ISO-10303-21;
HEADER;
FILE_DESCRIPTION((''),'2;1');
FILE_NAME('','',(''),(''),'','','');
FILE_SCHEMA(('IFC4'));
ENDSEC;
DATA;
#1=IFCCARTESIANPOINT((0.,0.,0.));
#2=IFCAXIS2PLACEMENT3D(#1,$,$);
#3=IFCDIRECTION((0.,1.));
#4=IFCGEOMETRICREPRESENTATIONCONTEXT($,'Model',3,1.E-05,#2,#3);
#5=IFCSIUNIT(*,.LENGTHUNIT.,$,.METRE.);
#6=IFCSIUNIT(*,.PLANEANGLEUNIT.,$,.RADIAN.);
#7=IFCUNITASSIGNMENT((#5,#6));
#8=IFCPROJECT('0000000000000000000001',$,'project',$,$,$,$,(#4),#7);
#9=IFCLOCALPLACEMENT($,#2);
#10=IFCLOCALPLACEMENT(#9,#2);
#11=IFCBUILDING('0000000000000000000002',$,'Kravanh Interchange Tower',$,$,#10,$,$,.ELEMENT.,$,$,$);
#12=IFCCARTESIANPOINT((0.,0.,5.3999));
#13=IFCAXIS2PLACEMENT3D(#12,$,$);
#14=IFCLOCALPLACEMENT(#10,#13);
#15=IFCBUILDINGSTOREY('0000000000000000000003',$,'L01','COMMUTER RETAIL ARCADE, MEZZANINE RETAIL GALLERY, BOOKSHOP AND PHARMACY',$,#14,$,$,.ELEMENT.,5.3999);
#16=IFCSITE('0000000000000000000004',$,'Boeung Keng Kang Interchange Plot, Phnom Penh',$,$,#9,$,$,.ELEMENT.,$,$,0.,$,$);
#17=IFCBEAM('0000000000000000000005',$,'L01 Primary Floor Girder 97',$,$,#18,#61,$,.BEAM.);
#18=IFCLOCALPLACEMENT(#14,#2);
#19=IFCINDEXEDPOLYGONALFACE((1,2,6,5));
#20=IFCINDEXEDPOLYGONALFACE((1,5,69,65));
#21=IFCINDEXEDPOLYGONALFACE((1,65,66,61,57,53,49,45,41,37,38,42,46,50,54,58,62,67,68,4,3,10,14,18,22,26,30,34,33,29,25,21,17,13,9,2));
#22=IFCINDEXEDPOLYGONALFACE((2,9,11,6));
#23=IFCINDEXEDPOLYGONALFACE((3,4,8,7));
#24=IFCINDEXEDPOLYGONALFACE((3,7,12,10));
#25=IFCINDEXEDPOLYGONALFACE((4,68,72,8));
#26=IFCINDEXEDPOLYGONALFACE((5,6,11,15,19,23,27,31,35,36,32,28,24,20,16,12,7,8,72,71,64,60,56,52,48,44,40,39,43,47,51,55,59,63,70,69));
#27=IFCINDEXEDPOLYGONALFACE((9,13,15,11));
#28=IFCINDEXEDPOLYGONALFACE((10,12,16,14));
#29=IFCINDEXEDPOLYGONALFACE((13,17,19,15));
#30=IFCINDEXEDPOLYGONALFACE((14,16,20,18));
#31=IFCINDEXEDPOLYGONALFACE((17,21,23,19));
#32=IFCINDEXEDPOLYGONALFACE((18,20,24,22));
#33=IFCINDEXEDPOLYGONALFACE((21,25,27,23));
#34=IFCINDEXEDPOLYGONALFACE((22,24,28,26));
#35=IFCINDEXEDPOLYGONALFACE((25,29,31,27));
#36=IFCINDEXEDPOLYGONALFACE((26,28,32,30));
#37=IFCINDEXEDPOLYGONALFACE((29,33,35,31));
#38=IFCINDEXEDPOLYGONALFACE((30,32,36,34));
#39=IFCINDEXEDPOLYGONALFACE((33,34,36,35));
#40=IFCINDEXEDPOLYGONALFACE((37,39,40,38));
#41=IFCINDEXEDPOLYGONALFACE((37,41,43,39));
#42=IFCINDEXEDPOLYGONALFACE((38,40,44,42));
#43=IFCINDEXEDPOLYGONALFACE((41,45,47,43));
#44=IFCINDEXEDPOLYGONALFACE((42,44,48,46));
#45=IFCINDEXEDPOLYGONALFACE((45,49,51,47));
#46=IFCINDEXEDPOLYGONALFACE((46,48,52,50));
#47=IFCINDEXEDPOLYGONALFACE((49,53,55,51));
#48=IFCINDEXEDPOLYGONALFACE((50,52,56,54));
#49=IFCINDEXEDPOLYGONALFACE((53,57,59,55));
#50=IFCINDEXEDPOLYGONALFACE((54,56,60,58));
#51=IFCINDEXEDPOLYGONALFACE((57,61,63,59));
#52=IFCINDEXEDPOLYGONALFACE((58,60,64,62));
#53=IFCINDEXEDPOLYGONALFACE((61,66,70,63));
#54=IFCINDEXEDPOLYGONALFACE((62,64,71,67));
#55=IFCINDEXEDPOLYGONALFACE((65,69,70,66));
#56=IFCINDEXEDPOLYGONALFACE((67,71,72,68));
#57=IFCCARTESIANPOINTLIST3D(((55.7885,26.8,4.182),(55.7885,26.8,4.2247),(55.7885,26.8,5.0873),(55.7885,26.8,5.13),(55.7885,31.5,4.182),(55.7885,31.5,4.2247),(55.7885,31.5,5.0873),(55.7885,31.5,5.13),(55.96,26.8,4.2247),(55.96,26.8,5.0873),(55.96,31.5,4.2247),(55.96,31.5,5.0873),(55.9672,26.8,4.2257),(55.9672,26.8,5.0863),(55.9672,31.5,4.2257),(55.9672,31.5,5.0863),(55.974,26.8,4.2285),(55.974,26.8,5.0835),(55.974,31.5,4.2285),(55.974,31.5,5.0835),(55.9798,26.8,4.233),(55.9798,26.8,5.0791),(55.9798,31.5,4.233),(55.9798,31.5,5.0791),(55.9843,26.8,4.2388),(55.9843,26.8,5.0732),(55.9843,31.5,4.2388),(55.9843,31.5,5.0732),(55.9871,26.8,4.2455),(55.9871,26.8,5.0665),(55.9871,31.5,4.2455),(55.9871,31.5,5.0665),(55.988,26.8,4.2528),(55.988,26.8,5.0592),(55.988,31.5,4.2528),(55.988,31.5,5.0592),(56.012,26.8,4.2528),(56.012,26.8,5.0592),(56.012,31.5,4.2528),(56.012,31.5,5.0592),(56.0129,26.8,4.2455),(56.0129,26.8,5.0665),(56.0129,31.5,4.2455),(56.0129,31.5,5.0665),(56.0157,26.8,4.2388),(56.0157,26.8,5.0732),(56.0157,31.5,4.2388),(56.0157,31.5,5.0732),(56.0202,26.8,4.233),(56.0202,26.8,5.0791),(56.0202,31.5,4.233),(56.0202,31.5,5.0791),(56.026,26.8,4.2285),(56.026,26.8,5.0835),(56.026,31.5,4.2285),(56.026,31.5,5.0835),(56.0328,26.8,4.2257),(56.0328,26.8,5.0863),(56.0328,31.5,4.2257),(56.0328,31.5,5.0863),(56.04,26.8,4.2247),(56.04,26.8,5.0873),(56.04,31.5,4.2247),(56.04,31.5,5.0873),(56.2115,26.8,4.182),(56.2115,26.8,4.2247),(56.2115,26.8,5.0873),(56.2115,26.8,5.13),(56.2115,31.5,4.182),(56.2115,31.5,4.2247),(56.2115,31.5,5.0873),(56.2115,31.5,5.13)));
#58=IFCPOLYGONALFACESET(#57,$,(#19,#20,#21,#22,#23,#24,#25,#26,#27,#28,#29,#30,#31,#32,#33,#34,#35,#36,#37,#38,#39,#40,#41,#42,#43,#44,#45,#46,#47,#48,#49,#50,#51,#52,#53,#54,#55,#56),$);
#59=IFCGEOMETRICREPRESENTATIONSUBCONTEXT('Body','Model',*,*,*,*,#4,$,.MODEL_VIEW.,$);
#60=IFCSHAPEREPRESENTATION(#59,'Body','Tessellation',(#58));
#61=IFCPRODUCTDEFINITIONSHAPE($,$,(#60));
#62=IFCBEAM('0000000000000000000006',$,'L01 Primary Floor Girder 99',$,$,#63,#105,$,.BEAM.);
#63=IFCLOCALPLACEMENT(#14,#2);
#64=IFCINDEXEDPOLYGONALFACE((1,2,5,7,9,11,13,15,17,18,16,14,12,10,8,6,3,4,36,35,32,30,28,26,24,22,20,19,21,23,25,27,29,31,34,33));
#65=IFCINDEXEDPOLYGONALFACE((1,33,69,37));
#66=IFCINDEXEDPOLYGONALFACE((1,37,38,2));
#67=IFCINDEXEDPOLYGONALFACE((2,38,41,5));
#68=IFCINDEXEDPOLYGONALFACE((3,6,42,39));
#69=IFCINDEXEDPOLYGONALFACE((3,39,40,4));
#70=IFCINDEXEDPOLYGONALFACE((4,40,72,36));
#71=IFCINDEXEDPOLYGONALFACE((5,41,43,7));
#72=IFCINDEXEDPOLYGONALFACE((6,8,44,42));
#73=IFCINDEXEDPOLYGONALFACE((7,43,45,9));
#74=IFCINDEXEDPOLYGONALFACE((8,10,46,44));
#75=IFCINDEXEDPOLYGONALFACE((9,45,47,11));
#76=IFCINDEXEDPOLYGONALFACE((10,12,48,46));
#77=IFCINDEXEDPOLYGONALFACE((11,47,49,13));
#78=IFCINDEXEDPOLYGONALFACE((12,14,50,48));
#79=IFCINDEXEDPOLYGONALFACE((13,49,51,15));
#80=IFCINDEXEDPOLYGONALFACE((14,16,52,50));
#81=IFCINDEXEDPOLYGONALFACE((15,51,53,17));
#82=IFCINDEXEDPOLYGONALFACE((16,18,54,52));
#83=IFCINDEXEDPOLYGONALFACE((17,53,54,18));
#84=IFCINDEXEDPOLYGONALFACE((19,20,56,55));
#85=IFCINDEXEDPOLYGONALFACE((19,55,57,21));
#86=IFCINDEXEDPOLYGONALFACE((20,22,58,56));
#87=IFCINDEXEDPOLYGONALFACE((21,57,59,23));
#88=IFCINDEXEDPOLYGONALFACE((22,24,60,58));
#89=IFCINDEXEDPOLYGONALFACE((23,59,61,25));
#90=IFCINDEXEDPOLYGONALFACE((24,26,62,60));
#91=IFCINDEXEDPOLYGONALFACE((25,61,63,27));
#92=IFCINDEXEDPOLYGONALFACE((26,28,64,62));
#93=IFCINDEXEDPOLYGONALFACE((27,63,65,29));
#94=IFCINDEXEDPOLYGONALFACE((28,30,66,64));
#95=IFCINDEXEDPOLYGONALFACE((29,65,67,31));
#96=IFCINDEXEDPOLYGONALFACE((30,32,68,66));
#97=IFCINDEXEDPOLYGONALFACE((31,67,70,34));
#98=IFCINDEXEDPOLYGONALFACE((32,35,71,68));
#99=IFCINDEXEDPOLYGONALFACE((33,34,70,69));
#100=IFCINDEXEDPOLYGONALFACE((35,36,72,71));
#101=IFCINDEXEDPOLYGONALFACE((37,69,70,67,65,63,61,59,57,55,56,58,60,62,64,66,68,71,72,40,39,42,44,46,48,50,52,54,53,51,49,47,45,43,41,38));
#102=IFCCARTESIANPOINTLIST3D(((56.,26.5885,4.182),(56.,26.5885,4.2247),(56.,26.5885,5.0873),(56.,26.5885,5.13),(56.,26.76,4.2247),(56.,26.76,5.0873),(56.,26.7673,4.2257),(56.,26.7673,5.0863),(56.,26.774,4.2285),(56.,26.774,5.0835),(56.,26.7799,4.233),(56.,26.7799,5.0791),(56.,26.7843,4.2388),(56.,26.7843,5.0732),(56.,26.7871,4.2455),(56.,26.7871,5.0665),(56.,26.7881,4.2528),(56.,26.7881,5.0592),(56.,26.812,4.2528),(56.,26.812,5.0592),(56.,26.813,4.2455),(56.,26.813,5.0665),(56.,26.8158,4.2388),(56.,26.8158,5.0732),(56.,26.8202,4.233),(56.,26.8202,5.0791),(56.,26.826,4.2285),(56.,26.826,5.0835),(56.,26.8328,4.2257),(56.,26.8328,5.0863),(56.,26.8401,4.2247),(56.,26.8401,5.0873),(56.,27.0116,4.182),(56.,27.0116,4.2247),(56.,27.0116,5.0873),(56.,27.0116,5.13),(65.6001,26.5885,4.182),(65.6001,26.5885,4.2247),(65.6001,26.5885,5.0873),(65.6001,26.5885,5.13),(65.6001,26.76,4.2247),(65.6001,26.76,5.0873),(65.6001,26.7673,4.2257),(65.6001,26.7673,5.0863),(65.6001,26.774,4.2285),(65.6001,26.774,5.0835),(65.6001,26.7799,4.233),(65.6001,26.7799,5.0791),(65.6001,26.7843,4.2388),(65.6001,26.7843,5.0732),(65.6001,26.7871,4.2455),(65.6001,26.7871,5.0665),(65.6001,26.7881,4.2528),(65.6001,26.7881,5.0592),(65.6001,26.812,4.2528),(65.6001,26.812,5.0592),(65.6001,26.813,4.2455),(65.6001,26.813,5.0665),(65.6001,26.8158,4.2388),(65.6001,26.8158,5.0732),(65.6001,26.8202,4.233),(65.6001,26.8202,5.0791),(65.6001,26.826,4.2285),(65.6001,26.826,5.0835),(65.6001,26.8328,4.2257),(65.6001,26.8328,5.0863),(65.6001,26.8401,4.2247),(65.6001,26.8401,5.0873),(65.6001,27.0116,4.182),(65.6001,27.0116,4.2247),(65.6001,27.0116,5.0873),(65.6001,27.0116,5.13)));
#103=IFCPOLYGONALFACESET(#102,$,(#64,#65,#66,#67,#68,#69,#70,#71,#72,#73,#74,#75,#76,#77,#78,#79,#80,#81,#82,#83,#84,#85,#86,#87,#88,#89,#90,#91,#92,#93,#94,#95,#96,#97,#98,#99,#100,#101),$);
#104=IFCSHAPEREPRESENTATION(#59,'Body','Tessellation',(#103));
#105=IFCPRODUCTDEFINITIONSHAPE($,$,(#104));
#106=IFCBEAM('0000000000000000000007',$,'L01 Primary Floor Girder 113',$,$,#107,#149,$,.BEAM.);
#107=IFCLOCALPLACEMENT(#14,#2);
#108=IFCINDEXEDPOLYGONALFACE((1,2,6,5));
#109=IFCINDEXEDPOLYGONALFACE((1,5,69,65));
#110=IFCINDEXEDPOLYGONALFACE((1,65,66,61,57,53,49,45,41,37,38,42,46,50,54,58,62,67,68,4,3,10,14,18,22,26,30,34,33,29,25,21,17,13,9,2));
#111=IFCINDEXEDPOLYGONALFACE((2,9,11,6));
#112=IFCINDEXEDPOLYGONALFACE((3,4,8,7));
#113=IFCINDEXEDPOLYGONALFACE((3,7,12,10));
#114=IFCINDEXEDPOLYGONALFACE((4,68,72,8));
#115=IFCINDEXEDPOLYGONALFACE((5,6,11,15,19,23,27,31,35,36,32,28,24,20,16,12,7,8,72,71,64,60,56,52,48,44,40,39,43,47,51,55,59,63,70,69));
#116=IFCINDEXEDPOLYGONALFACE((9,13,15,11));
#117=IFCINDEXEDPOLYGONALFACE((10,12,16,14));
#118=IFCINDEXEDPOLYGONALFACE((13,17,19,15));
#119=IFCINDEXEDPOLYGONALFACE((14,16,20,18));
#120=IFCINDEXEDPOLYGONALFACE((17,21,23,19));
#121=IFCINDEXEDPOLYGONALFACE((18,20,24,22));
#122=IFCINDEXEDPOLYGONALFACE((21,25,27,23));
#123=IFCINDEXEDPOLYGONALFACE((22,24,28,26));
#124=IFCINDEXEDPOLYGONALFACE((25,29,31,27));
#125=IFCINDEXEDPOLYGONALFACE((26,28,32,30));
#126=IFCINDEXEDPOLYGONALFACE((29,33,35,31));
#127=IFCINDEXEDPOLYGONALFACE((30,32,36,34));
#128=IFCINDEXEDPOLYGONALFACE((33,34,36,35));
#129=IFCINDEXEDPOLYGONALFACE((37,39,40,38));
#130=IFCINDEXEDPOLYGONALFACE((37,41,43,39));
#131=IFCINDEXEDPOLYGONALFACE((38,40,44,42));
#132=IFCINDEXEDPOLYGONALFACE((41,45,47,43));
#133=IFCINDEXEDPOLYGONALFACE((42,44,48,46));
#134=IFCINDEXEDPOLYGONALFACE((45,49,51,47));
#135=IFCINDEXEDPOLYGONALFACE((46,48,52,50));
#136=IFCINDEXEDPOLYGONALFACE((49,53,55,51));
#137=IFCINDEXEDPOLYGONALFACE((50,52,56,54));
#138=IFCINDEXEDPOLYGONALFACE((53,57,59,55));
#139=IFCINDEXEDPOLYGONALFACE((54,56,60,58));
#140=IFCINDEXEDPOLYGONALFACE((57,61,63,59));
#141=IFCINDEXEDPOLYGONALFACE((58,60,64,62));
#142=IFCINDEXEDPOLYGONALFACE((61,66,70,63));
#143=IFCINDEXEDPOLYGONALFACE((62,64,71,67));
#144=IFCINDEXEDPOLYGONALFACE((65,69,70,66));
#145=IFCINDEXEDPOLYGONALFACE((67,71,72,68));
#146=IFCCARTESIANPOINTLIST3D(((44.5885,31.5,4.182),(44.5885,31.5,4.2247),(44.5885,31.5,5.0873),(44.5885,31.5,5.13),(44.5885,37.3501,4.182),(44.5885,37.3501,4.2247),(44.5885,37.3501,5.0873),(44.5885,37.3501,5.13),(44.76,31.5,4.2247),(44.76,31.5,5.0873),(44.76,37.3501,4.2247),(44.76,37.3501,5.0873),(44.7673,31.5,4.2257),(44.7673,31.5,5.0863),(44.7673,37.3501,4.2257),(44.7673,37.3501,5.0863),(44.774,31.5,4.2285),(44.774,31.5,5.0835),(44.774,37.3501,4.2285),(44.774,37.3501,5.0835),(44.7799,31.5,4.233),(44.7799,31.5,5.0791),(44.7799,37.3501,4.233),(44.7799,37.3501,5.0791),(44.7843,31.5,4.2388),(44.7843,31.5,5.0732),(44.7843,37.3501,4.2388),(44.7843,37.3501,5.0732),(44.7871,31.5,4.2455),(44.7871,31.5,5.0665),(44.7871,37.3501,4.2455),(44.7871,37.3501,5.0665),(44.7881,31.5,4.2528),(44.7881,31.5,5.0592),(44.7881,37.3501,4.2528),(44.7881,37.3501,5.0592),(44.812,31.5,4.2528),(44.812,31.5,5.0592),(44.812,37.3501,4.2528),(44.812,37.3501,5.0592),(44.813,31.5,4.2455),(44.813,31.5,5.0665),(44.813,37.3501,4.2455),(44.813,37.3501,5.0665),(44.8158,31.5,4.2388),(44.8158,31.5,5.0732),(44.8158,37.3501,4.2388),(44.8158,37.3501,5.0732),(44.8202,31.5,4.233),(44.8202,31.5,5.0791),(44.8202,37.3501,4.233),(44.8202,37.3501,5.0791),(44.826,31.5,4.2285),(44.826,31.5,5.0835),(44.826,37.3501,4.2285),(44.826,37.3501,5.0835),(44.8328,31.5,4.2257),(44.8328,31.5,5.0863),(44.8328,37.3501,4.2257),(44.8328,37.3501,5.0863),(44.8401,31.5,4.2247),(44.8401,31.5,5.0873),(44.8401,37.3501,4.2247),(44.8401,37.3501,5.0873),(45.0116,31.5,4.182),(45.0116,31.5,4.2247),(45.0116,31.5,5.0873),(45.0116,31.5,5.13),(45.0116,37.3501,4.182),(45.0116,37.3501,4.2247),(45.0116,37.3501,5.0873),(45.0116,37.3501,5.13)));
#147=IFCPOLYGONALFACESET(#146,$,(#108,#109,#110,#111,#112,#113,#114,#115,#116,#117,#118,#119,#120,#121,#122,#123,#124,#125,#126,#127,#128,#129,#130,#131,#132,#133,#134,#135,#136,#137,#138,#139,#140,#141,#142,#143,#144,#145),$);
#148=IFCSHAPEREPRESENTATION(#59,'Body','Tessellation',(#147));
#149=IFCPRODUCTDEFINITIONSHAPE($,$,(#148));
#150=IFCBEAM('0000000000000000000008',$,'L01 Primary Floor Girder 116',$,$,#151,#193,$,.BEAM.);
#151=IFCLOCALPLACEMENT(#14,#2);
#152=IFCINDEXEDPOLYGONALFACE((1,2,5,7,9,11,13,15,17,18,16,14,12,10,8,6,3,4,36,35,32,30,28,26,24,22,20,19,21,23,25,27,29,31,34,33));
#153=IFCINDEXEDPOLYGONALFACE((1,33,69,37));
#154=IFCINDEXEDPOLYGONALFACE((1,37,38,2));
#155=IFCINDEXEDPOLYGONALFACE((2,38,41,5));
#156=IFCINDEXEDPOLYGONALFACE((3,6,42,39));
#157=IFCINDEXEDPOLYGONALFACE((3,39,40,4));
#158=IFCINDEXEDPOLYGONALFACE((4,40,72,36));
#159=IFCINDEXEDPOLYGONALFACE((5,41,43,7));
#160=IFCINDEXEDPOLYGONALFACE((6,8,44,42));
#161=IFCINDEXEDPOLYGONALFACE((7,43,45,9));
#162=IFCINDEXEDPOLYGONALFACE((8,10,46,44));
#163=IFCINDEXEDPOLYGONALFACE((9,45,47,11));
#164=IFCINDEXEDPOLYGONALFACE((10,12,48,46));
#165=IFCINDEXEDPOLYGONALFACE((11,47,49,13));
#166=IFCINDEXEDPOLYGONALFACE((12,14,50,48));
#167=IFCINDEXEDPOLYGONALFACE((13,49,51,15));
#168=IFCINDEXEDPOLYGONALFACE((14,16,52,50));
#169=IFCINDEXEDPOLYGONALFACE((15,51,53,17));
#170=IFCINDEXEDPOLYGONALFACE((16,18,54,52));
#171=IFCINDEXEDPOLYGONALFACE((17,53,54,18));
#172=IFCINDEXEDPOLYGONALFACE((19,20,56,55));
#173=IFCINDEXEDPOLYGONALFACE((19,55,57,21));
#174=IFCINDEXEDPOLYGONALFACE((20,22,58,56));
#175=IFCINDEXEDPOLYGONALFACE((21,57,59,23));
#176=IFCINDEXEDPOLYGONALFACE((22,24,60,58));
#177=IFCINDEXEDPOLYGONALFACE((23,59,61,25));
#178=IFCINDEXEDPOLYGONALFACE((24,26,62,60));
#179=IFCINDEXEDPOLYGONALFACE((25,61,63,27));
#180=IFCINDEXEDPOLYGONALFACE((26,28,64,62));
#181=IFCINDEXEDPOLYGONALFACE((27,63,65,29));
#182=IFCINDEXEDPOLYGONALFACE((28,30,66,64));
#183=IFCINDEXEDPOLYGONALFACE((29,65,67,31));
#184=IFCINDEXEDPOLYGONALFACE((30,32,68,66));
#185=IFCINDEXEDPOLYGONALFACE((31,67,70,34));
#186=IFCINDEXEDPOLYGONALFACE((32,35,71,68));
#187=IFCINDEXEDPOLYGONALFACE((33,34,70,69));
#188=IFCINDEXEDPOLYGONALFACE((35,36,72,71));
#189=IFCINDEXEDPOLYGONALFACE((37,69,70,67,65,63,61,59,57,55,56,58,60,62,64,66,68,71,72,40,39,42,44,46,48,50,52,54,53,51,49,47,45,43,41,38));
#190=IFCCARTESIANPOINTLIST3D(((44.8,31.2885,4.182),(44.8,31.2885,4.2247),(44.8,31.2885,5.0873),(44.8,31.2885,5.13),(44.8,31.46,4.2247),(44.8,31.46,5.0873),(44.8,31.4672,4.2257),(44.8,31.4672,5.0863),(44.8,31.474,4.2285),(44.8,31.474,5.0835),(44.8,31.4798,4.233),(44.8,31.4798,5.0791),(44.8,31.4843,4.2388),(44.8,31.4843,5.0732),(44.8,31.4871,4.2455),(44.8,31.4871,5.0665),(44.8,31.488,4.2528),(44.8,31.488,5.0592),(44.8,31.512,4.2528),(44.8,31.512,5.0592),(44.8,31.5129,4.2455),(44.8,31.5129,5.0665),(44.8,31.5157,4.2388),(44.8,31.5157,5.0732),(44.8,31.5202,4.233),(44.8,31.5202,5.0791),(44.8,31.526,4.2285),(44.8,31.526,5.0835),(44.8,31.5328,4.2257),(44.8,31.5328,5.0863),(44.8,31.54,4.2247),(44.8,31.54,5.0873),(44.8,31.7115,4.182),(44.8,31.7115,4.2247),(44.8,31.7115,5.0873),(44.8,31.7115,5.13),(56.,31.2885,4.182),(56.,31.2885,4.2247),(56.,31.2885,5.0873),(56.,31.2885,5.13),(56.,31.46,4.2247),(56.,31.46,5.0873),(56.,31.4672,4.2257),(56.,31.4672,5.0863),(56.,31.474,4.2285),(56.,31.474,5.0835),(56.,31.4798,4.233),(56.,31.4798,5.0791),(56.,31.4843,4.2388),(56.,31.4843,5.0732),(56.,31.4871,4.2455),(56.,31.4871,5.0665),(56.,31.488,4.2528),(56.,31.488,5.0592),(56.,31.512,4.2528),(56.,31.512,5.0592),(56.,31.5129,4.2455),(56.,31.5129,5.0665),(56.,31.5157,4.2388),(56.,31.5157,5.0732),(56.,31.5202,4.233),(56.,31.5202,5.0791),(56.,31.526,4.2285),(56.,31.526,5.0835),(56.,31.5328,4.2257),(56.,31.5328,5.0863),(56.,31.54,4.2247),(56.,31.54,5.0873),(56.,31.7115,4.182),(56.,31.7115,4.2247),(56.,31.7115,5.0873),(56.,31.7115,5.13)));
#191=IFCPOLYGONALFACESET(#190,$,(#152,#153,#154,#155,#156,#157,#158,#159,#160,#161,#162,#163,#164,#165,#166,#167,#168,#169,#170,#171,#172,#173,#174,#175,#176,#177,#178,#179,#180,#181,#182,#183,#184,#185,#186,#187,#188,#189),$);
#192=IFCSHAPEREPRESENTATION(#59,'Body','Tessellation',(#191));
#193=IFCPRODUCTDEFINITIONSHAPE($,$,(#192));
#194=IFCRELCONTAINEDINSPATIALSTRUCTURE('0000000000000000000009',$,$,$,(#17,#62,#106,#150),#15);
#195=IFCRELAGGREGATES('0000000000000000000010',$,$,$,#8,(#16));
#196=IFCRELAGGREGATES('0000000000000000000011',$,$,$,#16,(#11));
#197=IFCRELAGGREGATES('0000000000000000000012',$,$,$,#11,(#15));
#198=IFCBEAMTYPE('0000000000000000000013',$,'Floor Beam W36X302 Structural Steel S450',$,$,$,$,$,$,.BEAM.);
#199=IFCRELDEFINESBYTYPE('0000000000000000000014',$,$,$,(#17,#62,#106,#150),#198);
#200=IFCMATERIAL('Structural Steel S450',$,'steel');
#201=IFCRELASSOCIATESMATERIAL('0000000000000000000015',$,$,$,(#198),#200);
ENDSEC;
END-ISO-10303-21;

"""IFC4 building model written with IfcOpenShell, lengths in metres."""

from ifc_helpers import new_model, si_unit, direction, frame, origin, origin_2d, place, context, subcontext, project, spatial, i_section, extrude, material, material_profile, profile_set, type_object, element, save


model = new_model("IFC4")

# Units and contexts
model_context = context("Model", 3, precision=1e-05, world=origin(), true_north=direction((0.0, 1.0)))
body_context = subcontext(model_context, "Body", "Model", "MODEL_VIEW")
ifc_project = project(units=[si_unit("LENGTHUNIT", "METRE"), si_unit("PLANEANGLEUNIT", "RADIAN")], contexts=[model_context])

# Site, building, storey
site_placement = place(None, origin())
site = spatial("IfcSite", under=ifc_project, at=site_placement, Name="Boeung Keng Kang Interchange Plot, Phnom Penh", CompositionType="ELEMENT", RefElevation=0.0)
building_placement = place(site_placement, origin())
building = spatial("IfcBuilding", under=site, at=building_placement, Name="Kravanh Interchange Tower", CompositionType="ELEMENT")
storey_placement = place(building_placement, frame((0.0, 0.0, 5.3999)))
storey = spatial("IfcBuildingStorey", under=building, at=storey_placement, Name="L01", Description="COMMUTER RETAIL ARCADE, MEZZANINE RETAIL GALLERY, BOOKSHOP AND PHARMACY", CompositionType="ELEMENT", Elevation=5.3999)

# Beams
ifc_material_1 = material(Name="Structural Steel S450", Category="steel")
ifc_material_profile_1 = material_profile(ifc_material_1, i_section(OverallWidth=0.4231, OverallDepth=0.948, WebThickness=0.0239, FlangeThickness=0.0427, FilletRadius=0.0281, at=origin_2d()), Name="W36X302")
ifc_profile_set_1 = profile_set([ifc_material_profile_1], Name="Structural Steel S450")
beam_type_1 = type_object("IfcBeamType", Name="Floor Beam W36X302 Structural Steel S450", PredefinedType="BEAM", material=ifc_profile_set_1)
beam_1_placement = place(storey_placement, frame((56.0, 26.8, 4.656), z_axis=(0.0, 1.0, 0.0), x_axis=(-1.0, 0.0, 0.0)))
element("IfcBeam", 1, at=beam_1_placement, inside=storey, type_object=beam_type_1, Name="L01 Primary Floor Girder 97", PredefinedType="BEAM", context=body_context, shape_type="SweptSolid", body=[
    extrude(i_section(OverallWidth=0.4231, OverallDepth=0.948, WebThickness=0.0239, FlangeThickness=0.0427, FilletRadius=0.0281, at=origin_2d()), origin(), (0.0, 0.0, 1.0), 4.7),
])
beam_2_placement = place(storey_placement, frame((56.0, 26.8, 4.656), z_axis=(1.0, 0.0, 0.0), x_axis=(0.0, 1.0, 0.0)))
element("IfcBeam", 2, at=beam_2_placement, inside=storey, type_object=beam_type_1, Name="L01 Primary Floor Girder 99", PredefinedType="BEAM", context=body_context, shape_type="SweptSolid", body=[
    extrude(i_section(OverallWidth=0.4231, OverallDepth=0.948, WebThickness=0.0239, FlangeThickness=0.0427, FilletRadius=0.0281, at=origin_2d()), origin(), (0.0, 0.0, 1.0), 9.6001),
])
beam_3_placement = place(storey_placement, frame((44.8, 31.5, 4.656), z_axis=(0.0, 1.0, 0.0), x_axis=(-1.0, 0.0, 0.0)))
element("IfcBeam", 3, at=beam_3_placement, inside=storey, type_object=beam_type_1, Name="L01 Primary Floor Girder 113", PredefinedType="BEAM", context=body_context, shape_type="SweptSolid", body=[
    extrude(i_section(OverallWidth=0.4231, OverallDepth=0.948, WebThickness=0.0239, FlangeThickness=0.0427, FilletRadius=0.0281, at=origin_2d()), origin(), (0.0, 0.0, 1.0), 5.8501),
])
beam_4_placement = place(storey_placement, frame((44.8, 31.5, 4.656), z_axis=(1.0, 0.0, 0.0), x_axis=(0.0, 1.0, 0.0)))
element("IfcBeam", 4, at=beam_4_placement, inside=storey, type_object=beam_type_1, Name="L01 Primary Floor Girder 116", PredefinedType="BEAM", context=body_context, shape_type="SweptSolid", body=[
    extrude(i_section(OverallWidth=0.4231, OverallDepth=0.948, WebThickness=0.0239, FlangeThickness=0.0427, FilletRadius=0.0281, at=origin_2d()), origin(), (0.0, 0.0, 1.0), 11.2),
])

save(model, "model.ifc")
